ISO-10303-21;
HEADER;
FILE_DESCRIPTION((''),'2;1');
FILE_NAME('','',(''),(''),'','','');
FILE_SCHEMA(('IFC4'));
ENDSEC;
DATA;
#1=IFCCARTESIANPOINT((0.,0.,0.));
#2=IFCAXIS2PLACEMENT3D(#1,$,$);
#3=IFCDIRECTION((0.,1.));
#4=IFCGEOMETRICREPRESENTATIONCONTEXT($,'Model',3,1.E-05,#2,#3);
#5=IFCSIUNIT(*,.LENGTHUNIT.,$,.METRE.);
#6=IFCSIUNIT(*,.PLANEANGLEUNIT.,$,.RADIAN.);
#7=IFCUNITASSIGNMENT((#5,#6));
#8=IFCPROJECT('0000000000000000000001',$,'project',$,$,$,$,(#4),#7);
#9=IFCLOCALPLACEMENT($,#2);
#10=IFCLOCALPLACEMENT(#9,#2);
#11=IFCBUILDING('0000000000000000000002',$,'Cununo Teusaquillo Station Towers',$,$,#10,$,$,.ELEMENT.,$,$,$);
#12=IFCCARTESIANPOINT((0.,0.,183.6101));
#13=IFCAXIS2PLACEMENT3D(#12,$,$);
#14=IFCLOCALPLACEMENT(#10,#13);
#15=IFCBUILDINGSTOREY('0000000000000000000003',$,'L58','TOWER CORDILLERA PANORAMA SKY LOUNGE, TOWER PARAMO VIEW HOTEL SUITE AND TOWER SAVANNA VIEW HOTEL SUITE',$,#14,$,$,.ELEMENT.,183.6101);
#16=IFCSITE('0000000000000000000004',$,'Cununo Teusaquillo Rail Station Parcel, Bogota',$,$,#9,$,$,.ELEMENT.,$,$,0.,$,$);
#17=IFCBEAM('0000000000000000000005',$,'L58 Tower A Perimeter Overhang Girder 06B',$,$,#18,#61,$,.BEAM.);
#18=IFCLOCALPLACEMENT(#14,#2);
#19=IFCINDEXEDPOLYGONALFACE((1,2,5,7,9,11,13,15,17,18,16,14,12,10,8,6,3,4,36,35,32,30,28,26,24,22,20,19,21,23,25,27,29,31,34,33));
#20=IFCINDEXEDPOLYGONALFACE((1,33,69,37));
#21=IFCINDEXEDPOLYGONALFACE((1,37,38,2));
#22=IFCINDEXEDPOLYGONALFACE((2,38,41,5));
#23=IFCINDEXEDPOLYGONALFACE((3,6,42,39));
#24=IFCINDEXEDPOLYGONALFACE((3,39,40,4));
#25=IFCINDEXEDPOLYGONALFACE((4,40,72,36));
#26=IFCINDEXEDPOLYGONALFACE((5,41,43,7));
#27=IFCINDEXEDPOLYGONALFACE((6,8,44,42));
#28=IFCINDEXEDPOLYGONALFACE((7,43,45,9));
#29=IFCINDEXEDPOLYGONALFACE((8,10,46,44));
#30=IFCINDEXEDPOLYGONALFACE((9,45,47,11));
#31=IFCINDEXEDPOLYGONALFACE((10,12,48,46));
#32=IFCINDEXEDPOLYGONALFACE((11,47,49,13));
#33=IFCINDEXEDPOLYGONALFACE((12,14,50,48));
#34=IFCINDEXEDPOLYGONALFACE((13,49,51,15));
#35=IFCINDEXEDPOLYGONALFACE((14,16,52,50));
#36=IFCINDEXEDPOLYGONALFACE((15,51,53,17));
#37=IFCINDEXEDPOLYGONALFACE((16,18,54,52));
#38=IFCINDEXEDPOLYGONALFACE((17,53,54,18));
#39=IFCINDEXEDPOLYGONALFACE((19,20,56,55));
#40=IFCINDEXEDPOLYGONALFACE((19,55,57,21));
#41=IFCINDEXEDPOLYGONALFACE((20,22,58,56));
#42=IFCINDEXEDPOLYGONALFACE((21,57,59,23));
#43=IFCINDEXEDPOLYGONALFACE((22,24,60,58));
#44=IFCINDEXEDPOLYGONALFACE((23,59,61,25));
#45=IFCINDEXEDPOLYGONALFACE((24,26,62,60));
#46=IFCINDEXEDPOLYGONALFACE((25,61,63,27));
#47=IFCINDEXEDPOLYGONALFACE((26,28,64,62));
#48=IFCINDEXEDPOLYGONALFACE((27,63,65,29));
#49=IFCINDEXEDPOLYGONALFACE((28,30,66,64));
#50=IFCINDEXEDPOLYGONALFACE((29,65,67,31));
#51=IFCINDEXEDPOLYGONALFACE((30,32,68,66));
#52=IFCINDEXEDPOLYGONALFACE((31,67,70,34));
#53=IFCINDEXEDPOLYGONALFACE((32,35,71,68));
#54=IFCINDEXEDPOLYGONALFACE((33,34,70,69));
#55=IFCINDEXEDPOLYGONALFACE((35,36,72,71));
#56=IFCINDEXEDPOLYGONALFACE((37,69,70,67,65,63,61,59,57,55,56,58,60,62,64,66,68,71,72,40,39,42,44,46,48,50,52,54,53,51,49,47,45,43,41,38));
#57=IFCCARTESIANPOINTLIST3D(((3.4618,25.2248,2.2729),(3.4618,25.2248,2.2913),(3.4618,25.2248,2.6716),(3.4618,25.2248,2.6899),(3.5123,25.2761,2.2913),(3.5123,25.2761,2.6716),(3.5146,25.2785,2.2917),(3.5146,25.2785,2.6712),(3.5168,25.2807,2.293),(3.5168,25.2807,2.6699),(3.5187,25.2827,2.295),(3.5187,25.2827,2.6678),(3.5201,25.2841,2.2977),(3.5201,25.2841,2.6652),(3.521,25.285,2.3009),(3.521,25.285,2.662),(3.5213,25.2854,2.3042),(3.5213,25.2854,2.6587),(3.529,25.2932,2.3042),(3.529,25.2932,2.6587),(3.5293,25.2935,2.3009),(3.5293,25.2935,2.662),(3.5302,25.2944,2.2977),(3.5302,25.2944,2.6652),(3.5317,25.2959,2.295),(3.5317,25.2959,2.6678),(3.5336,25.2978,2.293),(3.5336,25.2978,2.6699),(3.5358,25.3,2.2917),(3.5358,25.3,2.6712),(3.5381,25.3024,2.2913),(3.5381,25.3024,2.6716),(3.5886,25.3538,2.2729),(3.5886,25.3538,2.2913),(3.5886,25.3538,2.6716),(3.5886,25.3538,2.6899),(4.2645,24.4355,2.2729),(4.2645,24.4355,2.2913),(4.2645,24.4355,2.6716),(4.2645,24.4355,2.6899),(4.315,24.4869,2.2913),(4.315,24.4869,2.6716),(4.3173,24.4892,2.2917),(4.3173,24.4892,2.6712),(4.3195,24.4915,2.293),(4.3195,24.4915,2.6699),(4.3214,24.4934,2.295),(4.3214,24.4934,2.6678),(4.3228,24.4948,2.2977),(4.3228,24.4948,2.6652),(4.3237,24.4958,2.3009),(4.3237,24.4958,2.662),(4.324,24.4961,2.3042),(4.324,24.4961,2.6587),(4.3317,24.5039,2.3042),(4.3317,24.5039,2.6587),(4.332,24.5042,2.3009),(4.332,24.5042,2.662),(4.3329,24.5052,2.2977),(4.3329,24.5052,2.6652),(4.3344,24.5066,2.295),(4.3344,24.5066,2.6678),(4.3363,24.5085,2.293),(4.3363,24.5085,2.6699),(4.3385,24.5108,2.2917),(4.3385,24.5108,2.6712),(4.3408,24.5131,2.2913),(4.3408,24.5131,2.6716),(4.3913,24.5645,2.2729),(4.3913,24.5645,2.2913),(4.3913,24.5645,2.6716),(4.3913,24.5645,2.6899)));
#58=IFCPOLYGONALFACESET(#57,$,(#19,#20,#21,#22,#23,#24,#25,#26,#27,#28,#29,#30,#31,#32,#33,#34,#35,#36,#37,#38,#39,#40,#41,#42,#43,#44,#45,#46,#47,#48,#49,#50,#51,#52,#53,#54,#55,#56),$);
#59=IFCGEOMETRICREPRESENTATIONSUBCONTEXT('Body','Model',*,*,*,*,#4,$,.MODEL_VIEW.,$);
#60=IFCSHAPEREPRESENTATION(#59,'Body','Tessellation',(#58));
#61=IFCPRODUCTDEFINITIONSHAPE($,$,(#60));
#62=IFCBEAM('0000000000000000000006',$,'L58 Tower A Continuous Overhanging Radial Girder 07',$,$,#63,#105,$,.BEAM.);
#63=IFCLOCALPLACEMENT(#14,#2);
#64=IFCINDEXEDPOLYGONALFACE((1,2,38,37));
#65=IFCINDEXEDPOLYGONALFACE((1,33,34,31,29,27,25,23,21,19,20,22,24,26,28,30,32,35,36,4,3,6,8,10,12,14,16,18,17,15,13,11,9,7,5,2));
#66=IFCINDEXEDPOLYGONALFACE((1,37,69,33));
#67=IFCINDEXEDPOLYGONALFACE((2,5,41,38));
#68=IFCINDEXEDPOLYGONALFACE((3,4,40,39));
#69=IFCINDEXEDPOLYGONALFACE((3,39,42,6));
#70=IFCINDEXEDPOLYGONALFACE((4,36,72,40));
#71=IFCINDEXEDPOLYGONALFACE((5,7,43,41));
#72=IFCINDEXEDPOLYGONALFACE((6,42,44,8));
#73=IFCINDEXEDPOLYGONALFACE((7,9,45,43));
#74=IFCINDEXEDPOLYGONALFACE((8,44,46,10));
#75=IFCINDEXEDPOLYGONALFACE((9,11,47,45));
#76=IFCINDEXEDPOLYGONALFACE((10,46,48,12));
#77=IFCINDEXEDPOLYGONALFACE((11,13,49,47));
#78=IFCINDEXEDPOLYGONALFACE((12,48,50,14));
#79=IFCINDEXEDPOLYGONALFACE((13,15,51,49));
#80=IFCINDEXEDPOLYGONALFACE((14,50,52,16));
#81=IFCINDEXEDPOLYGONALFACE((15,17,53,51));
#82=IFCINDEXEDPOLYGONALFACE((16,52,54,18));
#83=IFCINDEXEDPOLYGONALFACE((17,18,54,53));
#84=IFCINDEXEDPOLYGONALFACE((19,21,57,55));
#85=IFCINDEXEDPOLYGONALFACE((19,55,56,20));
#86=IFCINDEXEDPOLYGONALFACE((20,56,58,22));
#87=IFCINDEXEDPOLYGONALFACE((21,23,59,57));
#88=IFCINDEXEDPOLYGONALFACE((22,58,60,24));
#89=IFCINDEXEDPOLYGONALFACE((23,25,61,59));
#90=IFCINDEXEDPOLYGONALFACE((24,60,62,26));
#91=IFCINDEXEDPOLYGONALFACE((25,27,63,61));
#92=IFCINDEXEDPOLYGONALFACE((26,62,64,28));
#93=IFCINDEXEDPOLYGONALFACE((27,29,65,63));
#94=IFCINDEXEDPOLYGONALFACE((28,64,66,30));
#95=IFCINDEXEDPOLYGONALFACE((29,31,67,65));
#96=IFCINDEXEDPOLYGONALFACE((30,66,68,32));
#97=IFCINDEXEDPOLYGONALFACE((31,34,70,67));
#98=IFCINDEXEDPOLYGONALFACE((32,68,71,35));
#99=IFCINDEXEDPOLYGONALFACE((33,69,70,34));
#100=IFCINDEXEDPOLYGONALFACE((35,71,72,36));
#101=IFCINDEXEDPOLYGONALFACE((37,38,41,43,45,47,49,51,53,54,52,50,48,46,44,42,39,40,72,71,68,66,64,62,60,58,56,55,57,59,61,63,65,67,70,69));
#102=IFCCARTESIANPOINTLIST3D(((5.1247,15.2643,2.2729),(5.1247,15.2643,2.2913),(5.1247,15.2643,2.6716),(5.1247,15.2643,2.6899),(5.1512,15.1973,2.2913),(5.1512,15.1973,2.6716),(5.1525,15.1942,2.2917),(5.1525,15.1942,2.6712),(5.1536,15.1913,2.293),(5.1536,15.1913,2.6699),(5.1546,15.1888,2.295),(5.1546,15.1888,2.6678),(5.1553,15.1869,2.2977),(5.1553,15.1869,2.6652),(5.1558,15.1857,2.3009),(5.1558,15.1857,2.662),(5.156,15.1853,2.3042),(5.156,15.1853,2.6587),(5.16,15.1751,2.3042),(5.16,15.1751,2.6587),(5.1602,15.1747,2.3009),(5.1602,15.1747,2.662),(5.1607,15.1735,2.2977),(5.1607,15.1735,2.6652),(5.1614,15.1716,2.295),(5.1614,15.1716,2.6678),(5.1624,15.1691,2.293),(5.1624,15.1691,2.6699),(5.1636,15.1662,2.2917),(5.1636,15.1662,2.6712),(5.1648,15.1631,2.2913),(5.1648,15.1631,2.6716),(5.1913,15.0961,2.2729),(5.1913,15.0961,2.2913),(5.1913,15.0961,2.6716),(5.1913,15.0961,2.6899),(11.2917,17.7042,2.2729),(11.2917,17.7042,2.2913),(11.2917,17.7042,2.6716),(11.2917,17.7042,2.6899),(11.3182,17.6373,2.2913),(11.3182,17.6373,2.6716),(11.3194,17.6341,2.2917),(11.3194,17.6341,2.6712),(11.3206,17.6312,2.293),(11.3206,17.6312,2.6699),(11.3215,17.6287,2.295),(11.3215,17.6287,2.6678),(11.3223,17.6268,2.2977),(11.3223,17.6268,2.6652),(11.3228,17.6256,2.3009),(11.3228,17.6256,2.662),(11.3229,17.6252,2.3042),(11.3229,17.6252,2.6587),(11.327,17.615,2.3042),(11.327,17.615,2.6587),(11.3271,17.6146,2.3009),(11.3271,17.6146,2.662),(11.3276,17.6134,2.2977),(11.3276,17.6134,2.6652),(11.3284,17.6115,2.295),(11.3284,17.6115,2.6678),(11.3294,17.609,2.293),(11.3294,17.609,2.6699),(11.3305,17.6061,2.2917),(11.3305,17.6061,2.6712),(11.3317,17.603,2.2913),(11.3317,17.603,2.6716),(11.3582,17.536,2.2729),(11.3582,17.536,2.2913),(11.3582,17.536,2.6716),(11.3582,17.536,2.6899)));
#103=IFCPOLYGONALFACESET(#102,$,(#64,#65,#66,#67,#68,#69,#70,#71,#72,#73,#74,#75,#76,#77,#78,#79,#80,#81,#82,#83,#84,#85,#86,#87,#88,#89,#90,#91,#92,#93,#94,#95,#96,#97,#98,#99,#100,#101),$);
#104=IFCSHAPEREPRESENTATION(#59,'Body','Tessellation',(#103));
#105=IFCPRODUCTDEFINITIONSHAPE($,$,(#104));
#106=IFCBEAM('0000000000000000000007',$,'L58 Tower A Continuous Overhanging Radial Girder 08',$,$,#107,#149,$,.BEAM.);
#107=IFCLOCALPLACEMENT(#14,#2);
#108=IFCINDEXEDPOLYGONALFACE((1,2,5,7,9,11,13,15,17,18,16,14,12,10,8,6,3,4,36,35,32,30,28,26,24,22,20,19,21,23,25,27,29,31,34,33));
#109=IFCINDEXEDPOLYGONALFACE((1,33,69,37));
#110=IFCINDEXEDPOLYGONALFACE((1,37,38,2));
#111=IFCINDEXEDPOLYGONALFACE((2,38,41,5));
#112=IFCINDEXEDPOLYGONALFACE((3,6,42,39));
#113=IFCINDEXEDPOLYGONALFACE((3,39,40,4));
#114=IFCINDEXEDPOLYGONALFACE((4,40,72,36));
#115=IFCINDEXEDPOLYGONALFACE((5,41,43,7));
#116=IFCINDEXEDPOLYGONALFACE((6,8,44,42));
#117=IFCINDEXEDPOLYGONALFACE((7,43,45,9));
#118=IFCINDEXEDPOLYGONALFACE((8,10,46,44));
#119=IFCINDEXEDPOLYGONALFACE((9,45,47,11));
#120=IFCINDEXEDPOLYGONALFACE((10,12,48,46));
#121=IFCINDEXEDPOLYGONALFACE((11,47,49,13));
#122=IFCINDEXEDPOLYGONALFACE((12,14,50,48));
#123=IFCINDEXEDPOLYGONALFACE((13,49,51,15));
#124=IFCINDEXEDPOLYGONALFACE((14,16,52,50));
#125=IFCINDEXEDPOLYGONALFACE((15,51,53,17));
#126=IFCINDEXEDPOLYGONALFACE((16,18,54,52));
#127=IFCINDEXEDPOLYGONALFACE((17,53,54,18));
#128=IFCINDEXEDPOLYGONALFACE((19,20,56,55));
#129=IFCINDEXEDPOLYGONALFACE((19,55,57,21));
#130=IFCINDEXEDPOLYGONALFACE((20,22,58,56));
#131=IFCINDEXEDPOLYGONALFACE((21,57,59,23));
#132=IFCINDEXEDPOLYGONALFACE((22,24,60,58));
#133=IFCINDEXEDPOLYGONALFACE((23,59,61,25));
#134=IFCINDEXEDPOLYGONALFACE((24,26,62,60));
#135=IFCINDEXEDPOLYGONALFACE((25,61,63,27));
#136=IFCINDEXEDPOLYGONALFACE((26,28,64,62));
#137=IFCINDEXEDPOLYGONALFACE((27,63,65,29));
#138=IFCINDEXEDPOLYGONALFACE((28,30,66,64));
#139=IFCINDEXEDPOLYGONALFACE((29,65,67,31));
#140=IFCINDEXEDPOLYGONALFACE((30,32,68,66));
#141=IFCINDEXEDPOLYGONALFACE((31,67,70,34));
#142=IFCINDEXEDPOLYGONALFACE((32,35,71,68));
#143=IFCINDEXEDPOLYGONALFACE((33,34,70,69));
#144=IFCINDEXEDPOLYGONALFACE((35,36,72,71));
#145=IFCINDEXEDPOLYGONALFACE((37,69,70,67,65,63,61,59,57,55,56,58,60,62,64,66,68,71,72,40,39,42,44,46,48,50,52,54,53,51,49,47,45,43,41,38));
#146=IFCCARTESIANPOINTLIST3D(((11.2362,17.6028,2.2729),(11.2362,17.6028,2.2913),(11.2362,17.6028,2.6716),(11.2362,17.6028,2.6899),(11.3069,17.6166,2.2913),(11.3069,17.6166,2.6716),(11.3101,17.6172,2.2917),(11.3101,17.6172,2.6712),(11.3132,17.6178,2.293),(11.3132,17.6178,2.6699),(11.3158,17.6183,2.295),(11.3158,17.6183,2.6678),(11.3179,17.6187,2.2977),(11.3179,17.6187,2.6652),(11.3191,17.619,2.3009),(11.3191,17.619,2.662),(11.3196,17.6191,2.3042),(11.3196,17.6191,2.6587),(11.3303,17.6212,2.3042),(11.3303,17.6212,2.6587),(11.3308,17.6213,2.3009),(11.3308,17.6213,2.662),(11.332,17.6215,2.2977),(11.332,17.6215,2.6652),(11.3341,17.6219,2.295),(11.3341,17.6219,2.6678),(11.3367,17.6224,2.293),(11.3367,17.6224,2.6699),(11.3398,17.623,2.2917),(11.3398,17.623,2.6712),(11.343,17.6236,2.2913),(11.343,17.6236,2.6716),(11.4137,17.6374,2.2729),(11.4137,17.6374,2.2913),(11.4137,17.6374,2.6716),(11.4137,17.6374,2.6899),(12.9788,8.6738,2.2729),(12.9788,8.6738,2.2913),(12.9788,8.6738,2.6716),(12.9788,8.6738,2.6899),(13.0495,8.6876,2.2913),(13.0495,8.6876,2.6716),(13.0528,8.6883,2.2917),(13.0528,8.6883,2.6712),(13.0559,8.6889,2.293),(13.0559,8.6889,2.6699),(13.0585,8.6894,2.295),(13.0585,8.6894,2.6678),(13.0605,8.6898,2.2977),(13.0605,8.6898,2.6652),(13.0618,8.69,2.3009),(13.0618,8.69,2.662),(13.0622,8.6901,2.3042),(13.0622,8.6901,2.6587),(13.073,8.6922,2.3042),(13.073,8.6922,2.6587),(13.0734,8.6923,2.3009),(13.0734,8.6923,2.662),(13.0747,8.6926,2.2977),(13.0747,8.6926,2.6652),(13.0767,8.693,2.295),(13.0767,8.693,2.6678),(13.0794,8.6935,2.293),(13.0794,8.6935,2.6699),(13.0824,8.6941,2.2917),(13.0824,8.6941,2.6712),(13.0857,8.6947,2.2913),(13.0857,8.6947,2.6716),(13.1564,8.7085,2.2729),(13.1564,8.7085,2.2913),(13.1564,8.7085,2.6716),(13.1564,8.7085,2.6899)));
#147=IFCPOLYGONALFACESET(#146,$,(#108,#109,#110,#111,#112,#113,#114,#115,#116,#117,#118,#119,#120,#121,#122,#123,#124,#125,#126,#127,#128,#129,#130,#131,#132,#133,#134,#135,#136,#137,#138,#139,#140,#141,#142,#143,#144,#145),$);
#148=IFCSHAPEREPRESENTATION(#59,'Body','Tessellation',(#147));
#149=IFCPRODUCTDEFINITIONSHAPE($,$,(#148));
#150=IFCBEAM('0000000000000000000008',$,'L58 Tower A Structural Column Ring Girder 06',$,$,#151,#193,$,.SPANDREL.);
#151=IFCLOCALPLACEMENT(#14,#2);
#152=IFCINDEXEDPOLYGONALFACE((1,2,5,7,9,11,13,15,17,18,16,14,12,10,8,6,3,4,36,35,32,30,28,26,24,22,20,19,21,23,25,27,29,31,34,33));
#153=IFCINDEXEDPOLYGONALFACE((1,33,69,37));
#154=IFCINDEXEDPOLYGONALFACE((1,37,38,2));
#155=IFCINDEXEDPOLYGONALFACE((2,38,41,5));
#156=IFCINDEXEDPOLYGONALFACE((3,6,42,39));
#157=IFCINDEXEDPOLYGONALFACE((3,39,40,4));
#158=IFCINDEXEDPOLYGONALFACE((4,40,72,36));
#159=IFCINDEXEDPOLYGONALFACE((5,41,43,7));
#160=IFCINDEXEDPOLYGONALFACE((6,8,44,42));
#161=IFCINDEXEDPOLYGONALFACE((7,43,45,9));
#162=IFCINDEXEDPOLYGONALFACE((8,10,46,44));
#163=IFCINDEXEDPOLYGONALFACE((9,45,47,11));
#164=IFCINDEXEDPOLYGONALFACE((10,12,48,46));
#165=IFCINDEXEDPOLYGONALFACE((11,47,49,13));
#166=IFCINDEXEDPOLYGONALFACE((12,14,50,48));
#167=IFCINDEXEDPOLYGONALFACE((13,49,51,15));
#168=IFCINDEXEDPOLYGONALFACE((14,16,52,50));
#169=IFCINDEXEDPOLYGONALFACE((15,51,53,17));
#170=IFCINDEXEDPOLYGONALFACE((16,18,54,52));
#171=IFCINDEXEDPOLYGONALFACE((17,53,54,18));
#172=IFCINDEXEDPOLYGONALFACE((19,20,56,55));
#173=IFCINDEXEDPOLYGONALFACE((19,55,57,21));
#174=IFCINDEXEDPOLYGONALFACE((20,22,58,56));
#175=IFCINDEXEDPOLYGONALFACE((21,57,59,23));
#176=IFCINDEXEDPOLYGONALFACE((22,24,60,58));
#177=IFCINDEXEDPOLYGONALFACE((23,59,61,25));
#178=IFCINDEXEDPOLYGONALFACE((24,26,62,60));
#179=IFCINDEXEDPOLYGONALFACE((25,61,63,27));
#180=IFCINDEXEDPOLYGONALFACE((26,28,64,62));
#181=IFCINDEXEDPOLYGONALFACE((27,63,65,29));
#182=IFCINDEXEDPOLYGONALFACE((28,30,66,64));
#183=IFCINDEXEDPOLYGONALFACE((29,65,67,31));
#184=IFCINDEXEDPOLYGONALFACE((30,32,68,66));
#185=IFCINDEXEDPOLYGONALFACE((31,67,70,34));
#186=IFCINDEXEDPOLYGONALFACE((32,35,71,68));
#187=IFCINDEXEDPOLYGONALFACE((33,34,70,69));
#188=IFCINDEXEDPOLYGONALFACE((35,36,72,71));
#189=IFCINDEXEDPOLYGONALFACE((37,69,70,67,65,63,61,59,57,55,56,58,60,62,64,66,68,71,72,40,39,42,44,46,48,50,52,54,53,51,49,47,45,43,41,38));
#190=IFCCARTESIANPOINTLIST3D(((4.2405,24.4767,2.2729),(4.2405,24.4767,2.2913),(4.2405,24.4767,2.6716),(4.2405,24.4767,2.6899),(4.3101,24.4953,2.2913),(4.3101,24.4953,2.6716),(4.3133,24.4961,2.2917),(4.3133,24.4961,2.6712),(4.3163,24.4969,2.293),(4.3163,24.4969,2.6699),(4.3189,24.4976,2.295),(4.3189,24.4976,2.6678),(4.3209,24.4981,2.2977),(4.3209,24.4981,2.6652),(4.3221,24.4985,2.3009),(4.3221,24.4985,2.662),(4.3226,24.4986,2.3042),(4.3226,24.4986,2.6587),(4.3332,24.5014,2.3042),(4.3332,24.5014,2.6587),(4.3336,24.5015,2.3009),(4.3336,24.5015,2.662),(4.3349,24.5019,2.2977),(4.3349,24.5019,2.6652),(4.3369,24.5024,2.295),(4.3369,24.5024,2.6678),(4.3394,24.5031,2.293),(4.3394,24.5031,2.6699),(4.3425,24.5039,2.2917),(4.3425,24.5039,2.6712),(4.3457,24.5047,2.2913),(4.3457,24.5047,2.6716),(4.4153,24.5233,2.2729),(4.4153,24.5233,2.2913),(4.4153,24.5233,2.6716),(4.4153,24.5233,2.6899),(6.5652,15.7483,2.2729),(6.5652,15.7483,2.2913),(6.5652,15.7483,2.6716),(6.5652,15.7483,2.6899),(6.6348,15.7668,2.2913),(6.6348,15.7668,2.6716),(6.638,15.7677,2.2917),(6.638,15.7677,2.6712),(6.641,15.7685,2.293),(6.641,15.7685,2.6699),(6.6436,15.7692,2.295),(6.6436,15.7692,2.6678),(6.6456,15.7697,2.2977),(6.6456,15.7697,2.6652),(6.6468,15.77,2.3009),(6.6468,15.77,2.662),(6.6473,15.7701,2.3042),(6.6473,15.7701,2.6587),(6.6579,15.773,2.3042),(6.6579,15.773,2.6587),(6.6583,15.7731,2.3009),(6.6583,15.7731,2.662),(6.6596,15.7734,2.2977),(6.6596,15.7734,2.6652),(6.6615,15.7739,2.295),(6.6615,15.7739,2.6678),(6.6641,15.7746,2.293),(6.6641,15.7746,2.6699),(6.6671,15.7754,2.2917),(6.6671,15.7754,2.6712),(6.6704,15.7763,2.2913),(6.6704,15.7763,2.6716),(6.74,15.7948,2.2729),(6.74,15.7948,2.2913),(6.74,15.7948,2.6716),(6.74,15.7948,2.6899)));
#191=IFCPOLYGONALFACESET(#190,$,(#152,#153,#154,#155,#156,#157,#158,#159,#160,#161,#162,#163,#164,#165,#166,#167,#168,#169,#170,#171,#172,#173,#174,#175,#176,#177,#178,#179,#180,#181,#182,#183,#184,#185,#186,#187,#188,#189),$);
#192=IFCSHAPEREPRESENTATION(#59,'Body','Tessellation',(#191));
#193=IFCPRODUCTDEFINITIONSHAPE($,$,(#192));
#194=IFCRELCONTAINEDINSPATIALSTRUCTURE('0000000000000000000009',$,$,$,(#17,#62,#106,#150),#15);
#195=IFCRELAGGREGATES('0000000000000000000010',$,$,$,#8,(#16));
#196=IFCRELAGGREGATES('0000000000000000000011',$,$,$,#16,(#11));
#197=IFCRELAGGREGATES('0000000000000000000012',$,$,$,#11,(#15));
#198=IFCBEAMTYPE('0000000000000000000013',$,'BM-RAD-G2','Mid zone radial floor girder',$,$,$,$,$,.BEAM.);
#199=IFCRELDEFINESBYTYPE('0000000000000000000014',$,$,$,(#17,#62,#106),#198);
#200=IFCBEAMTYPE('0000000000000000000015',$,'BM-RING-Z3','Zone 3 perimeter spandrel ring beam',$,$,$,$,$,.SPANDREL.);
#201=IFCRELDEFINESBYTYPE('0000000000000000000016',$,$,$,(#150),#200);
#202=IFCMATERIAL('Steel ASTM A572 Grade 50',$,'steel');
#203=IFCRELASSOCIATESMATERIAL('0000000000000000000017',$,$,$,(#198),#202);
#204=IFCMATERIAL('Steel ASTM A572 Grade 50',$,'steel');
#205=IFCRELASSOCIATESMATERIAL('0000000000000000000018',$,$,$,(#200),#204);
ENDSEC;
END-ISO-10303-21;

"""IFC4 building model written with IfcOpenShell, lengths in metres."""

from ifc_helpers import new_model, si_unit, direction, frame, origin, origin_2d, place, context, subcontext, project, spatial, i_section, extrude, material, material_profile, profile_set, type_object, element, save


model = new_model("IFC4")

# Units and contexts
model_context = context("Model", 3, precision=1e-05, world=origin(), true_north=direction((0.0, 1.0)))
body_context = subcontext(model_context, "Body", "Model", "MODEL_VIEW")
ifc_project = project(units=[si_unit("LENGTHUNIT", "METRE"), si_unit("PLANEANGLEUNIT", "RADIAN")], contexts=[model_context])

# Site, building, storey
site_placement = place(None, origin())
site = spatial("IfcSite", under=ifc_project, at=site_placement, Name="Cununo Teusaquillo Rail Station Parcel, Bogota", CompositionType="ELEMENT", RefElevation=0.0)
building_placement = place(site_placement, origin())
building = spatial("IfcBuilding", under=site, at=building_placement, Name="Cununo Teusaquillo Station Towers", CompositionType="ELEMENT")
storey_placement = place(building_placement, frame((0.0, 0.0, 183.6101)))
storey = spatial("IfcBuildingStorey", under=building, at=storey_placement, Name="L58", Description="TOWER CORDILLERA PANORAMA SKY LOUNGE, TOWER PARAMO VIEW HOTEL SUITE AND TOWER SAVANNA VIEW HOTEL SUITE", CompositionType="ELEMENT", Elevation=183.6101)

# Beams
ifc_material_1 = material(Name="Steel ASTM A572 Grade 50", Category="steel")
ifc_material_profile_1 = material_profile(ifc_material_1, i_section(OverallWidth=0.1809, OverallDepth=0.417, WebThickness=0.011, FlangeThickness=0.0183, FilletRadius=0.0129, at=origin_2d()), Name="W16X57")
ifc_profile_set_1 = profile_set([ifc_material_profile_1], Name="Steel ASTM A572 Grade 50")
beam_type_1 = type_object("IfcBeamType", Name="BM-RAD-G2", Description="Mid zone radial floor girder", PredefinedType="BEAM", material=ifc_profile_set_1)
beam_1_placement = place(storey_placement, frame((4.3279, 24.5, 2.4814), z_axis=(-0.713045, 0.701118, 0.0), x_axis=(-0.701118, -0.713045, 0.0)))
element("IfcBeam", 1, at=beam_1_placement, inside=storey, type_object=beam_type_1, Name="L58 Tower A Perimeter Overhang Girder 06B", PredefinedType="BEAM", context=body_context, shape_type="SweptSolid", body=[
    extrude(i_section(OverallWidth=0.1809, OverallDepth=0.417, WebThickness=0.011, FlangeThickness=0.0183, FilletRadius=0.0129, at=origin_2d()), origin(), (0.0, 0.0, 1.0), 1.1257),
])
beam_2_placement = place(storey_placement, frame((11.325, 17.6201, 2.4814), z_axis=(-0.929866, -0.367897, 0.0), x_axis=(0.367897, -0.929866, 0.0)))
element("IfcBeam", 2, at=beam_2_placement, inside=storey, type_object=beam_type_1, Name="L58 Tower A Continuous Overhanging Radial Girder 07", PredefinedType="BEAM", context=body_context, shape_type="SweptSolid", body=[
    extrude(i_section(OverallWidth=0.1809, OverallDepth=0.417, WebThickness=0.011, FlangeThickness=0.0183, FilletRadius=0.0129, at=origin_2d()), origin(), (0.0, 0.0, 1.0), 6.6321),
])
beam_3_placement = place(storey_placement, frame((11.325, 17.6201, 2.4814), z_axis=(0.191557, -0.981481, 0.0), x_axis=(0.981481, 0.191557, 0.0)))
element("IfcBeam", 3, at=beam_3_placement, inside=storey, type_object=beam_type_1, Name="L58 Tower A Continuous Overhanging Radial Girder 08", PredefinedType="BEAM", context=body_context, shape_type="SweptSolid", body=[
    extrude(i_section(OverallWidth=0.1809, OverallDepth=0.417, WebThickness=0.011, FlangeThickness=0.0183, FilletRadius=0.0129, at=origin_2d()), origin(), (0.0, 0.0, 1.0), 9.0974),
])
ifc_material_2 = material(Name="Steel ASTM A572 Grade 50", Category="steel")
ifc_material_profile_2 = material_profile(ifc_material_2, i_section(OverallWidth=0.1809, OverallDepth=0.417, WebThickness=0.011, FlangeThickness=0.0183, FilletRadius=0.0129, at=origin_2d()), Name="W16X57")
ifc_profile_set_2 = profile_set([ifc_material_profile_2], Name="Steel ASTM A572 Grade 50")
beam_type_2 = type_object("IfcBeamType", Name="BM-RING-Z3", Description="Zone 3 perimeter spandrel ring beam", PredefinedType="SPANDREL", material=ifc_profile_set_2)
beam_4_placement = place(storey_placement, frame((4.3279, 24.5, 2.4814), z_axis=(0.257363, -0.966315, 0.0), x_axis=(0.966315, 0.257363, 0.0)))
element("IfcBeam", 4, at=beam_4_placement, inside=storey, type_object=beam_type_2, Name="L58 Tower A Structural Column Ring Girder 06", PredefinedType="SPANDREL", context=body_context, shape_type="SweptSolid", body=[
    extrude(i_section(OverallWidth=0.1809, OverallDepth=0.417, WebThickness=0.011, FlangeThickness=0.0183, FilletRadius=0.0129, at=origin_2d()), origin(), (0.0, 0.0, 1.0), 9.0327),
])

save(model, "model.ifc")
